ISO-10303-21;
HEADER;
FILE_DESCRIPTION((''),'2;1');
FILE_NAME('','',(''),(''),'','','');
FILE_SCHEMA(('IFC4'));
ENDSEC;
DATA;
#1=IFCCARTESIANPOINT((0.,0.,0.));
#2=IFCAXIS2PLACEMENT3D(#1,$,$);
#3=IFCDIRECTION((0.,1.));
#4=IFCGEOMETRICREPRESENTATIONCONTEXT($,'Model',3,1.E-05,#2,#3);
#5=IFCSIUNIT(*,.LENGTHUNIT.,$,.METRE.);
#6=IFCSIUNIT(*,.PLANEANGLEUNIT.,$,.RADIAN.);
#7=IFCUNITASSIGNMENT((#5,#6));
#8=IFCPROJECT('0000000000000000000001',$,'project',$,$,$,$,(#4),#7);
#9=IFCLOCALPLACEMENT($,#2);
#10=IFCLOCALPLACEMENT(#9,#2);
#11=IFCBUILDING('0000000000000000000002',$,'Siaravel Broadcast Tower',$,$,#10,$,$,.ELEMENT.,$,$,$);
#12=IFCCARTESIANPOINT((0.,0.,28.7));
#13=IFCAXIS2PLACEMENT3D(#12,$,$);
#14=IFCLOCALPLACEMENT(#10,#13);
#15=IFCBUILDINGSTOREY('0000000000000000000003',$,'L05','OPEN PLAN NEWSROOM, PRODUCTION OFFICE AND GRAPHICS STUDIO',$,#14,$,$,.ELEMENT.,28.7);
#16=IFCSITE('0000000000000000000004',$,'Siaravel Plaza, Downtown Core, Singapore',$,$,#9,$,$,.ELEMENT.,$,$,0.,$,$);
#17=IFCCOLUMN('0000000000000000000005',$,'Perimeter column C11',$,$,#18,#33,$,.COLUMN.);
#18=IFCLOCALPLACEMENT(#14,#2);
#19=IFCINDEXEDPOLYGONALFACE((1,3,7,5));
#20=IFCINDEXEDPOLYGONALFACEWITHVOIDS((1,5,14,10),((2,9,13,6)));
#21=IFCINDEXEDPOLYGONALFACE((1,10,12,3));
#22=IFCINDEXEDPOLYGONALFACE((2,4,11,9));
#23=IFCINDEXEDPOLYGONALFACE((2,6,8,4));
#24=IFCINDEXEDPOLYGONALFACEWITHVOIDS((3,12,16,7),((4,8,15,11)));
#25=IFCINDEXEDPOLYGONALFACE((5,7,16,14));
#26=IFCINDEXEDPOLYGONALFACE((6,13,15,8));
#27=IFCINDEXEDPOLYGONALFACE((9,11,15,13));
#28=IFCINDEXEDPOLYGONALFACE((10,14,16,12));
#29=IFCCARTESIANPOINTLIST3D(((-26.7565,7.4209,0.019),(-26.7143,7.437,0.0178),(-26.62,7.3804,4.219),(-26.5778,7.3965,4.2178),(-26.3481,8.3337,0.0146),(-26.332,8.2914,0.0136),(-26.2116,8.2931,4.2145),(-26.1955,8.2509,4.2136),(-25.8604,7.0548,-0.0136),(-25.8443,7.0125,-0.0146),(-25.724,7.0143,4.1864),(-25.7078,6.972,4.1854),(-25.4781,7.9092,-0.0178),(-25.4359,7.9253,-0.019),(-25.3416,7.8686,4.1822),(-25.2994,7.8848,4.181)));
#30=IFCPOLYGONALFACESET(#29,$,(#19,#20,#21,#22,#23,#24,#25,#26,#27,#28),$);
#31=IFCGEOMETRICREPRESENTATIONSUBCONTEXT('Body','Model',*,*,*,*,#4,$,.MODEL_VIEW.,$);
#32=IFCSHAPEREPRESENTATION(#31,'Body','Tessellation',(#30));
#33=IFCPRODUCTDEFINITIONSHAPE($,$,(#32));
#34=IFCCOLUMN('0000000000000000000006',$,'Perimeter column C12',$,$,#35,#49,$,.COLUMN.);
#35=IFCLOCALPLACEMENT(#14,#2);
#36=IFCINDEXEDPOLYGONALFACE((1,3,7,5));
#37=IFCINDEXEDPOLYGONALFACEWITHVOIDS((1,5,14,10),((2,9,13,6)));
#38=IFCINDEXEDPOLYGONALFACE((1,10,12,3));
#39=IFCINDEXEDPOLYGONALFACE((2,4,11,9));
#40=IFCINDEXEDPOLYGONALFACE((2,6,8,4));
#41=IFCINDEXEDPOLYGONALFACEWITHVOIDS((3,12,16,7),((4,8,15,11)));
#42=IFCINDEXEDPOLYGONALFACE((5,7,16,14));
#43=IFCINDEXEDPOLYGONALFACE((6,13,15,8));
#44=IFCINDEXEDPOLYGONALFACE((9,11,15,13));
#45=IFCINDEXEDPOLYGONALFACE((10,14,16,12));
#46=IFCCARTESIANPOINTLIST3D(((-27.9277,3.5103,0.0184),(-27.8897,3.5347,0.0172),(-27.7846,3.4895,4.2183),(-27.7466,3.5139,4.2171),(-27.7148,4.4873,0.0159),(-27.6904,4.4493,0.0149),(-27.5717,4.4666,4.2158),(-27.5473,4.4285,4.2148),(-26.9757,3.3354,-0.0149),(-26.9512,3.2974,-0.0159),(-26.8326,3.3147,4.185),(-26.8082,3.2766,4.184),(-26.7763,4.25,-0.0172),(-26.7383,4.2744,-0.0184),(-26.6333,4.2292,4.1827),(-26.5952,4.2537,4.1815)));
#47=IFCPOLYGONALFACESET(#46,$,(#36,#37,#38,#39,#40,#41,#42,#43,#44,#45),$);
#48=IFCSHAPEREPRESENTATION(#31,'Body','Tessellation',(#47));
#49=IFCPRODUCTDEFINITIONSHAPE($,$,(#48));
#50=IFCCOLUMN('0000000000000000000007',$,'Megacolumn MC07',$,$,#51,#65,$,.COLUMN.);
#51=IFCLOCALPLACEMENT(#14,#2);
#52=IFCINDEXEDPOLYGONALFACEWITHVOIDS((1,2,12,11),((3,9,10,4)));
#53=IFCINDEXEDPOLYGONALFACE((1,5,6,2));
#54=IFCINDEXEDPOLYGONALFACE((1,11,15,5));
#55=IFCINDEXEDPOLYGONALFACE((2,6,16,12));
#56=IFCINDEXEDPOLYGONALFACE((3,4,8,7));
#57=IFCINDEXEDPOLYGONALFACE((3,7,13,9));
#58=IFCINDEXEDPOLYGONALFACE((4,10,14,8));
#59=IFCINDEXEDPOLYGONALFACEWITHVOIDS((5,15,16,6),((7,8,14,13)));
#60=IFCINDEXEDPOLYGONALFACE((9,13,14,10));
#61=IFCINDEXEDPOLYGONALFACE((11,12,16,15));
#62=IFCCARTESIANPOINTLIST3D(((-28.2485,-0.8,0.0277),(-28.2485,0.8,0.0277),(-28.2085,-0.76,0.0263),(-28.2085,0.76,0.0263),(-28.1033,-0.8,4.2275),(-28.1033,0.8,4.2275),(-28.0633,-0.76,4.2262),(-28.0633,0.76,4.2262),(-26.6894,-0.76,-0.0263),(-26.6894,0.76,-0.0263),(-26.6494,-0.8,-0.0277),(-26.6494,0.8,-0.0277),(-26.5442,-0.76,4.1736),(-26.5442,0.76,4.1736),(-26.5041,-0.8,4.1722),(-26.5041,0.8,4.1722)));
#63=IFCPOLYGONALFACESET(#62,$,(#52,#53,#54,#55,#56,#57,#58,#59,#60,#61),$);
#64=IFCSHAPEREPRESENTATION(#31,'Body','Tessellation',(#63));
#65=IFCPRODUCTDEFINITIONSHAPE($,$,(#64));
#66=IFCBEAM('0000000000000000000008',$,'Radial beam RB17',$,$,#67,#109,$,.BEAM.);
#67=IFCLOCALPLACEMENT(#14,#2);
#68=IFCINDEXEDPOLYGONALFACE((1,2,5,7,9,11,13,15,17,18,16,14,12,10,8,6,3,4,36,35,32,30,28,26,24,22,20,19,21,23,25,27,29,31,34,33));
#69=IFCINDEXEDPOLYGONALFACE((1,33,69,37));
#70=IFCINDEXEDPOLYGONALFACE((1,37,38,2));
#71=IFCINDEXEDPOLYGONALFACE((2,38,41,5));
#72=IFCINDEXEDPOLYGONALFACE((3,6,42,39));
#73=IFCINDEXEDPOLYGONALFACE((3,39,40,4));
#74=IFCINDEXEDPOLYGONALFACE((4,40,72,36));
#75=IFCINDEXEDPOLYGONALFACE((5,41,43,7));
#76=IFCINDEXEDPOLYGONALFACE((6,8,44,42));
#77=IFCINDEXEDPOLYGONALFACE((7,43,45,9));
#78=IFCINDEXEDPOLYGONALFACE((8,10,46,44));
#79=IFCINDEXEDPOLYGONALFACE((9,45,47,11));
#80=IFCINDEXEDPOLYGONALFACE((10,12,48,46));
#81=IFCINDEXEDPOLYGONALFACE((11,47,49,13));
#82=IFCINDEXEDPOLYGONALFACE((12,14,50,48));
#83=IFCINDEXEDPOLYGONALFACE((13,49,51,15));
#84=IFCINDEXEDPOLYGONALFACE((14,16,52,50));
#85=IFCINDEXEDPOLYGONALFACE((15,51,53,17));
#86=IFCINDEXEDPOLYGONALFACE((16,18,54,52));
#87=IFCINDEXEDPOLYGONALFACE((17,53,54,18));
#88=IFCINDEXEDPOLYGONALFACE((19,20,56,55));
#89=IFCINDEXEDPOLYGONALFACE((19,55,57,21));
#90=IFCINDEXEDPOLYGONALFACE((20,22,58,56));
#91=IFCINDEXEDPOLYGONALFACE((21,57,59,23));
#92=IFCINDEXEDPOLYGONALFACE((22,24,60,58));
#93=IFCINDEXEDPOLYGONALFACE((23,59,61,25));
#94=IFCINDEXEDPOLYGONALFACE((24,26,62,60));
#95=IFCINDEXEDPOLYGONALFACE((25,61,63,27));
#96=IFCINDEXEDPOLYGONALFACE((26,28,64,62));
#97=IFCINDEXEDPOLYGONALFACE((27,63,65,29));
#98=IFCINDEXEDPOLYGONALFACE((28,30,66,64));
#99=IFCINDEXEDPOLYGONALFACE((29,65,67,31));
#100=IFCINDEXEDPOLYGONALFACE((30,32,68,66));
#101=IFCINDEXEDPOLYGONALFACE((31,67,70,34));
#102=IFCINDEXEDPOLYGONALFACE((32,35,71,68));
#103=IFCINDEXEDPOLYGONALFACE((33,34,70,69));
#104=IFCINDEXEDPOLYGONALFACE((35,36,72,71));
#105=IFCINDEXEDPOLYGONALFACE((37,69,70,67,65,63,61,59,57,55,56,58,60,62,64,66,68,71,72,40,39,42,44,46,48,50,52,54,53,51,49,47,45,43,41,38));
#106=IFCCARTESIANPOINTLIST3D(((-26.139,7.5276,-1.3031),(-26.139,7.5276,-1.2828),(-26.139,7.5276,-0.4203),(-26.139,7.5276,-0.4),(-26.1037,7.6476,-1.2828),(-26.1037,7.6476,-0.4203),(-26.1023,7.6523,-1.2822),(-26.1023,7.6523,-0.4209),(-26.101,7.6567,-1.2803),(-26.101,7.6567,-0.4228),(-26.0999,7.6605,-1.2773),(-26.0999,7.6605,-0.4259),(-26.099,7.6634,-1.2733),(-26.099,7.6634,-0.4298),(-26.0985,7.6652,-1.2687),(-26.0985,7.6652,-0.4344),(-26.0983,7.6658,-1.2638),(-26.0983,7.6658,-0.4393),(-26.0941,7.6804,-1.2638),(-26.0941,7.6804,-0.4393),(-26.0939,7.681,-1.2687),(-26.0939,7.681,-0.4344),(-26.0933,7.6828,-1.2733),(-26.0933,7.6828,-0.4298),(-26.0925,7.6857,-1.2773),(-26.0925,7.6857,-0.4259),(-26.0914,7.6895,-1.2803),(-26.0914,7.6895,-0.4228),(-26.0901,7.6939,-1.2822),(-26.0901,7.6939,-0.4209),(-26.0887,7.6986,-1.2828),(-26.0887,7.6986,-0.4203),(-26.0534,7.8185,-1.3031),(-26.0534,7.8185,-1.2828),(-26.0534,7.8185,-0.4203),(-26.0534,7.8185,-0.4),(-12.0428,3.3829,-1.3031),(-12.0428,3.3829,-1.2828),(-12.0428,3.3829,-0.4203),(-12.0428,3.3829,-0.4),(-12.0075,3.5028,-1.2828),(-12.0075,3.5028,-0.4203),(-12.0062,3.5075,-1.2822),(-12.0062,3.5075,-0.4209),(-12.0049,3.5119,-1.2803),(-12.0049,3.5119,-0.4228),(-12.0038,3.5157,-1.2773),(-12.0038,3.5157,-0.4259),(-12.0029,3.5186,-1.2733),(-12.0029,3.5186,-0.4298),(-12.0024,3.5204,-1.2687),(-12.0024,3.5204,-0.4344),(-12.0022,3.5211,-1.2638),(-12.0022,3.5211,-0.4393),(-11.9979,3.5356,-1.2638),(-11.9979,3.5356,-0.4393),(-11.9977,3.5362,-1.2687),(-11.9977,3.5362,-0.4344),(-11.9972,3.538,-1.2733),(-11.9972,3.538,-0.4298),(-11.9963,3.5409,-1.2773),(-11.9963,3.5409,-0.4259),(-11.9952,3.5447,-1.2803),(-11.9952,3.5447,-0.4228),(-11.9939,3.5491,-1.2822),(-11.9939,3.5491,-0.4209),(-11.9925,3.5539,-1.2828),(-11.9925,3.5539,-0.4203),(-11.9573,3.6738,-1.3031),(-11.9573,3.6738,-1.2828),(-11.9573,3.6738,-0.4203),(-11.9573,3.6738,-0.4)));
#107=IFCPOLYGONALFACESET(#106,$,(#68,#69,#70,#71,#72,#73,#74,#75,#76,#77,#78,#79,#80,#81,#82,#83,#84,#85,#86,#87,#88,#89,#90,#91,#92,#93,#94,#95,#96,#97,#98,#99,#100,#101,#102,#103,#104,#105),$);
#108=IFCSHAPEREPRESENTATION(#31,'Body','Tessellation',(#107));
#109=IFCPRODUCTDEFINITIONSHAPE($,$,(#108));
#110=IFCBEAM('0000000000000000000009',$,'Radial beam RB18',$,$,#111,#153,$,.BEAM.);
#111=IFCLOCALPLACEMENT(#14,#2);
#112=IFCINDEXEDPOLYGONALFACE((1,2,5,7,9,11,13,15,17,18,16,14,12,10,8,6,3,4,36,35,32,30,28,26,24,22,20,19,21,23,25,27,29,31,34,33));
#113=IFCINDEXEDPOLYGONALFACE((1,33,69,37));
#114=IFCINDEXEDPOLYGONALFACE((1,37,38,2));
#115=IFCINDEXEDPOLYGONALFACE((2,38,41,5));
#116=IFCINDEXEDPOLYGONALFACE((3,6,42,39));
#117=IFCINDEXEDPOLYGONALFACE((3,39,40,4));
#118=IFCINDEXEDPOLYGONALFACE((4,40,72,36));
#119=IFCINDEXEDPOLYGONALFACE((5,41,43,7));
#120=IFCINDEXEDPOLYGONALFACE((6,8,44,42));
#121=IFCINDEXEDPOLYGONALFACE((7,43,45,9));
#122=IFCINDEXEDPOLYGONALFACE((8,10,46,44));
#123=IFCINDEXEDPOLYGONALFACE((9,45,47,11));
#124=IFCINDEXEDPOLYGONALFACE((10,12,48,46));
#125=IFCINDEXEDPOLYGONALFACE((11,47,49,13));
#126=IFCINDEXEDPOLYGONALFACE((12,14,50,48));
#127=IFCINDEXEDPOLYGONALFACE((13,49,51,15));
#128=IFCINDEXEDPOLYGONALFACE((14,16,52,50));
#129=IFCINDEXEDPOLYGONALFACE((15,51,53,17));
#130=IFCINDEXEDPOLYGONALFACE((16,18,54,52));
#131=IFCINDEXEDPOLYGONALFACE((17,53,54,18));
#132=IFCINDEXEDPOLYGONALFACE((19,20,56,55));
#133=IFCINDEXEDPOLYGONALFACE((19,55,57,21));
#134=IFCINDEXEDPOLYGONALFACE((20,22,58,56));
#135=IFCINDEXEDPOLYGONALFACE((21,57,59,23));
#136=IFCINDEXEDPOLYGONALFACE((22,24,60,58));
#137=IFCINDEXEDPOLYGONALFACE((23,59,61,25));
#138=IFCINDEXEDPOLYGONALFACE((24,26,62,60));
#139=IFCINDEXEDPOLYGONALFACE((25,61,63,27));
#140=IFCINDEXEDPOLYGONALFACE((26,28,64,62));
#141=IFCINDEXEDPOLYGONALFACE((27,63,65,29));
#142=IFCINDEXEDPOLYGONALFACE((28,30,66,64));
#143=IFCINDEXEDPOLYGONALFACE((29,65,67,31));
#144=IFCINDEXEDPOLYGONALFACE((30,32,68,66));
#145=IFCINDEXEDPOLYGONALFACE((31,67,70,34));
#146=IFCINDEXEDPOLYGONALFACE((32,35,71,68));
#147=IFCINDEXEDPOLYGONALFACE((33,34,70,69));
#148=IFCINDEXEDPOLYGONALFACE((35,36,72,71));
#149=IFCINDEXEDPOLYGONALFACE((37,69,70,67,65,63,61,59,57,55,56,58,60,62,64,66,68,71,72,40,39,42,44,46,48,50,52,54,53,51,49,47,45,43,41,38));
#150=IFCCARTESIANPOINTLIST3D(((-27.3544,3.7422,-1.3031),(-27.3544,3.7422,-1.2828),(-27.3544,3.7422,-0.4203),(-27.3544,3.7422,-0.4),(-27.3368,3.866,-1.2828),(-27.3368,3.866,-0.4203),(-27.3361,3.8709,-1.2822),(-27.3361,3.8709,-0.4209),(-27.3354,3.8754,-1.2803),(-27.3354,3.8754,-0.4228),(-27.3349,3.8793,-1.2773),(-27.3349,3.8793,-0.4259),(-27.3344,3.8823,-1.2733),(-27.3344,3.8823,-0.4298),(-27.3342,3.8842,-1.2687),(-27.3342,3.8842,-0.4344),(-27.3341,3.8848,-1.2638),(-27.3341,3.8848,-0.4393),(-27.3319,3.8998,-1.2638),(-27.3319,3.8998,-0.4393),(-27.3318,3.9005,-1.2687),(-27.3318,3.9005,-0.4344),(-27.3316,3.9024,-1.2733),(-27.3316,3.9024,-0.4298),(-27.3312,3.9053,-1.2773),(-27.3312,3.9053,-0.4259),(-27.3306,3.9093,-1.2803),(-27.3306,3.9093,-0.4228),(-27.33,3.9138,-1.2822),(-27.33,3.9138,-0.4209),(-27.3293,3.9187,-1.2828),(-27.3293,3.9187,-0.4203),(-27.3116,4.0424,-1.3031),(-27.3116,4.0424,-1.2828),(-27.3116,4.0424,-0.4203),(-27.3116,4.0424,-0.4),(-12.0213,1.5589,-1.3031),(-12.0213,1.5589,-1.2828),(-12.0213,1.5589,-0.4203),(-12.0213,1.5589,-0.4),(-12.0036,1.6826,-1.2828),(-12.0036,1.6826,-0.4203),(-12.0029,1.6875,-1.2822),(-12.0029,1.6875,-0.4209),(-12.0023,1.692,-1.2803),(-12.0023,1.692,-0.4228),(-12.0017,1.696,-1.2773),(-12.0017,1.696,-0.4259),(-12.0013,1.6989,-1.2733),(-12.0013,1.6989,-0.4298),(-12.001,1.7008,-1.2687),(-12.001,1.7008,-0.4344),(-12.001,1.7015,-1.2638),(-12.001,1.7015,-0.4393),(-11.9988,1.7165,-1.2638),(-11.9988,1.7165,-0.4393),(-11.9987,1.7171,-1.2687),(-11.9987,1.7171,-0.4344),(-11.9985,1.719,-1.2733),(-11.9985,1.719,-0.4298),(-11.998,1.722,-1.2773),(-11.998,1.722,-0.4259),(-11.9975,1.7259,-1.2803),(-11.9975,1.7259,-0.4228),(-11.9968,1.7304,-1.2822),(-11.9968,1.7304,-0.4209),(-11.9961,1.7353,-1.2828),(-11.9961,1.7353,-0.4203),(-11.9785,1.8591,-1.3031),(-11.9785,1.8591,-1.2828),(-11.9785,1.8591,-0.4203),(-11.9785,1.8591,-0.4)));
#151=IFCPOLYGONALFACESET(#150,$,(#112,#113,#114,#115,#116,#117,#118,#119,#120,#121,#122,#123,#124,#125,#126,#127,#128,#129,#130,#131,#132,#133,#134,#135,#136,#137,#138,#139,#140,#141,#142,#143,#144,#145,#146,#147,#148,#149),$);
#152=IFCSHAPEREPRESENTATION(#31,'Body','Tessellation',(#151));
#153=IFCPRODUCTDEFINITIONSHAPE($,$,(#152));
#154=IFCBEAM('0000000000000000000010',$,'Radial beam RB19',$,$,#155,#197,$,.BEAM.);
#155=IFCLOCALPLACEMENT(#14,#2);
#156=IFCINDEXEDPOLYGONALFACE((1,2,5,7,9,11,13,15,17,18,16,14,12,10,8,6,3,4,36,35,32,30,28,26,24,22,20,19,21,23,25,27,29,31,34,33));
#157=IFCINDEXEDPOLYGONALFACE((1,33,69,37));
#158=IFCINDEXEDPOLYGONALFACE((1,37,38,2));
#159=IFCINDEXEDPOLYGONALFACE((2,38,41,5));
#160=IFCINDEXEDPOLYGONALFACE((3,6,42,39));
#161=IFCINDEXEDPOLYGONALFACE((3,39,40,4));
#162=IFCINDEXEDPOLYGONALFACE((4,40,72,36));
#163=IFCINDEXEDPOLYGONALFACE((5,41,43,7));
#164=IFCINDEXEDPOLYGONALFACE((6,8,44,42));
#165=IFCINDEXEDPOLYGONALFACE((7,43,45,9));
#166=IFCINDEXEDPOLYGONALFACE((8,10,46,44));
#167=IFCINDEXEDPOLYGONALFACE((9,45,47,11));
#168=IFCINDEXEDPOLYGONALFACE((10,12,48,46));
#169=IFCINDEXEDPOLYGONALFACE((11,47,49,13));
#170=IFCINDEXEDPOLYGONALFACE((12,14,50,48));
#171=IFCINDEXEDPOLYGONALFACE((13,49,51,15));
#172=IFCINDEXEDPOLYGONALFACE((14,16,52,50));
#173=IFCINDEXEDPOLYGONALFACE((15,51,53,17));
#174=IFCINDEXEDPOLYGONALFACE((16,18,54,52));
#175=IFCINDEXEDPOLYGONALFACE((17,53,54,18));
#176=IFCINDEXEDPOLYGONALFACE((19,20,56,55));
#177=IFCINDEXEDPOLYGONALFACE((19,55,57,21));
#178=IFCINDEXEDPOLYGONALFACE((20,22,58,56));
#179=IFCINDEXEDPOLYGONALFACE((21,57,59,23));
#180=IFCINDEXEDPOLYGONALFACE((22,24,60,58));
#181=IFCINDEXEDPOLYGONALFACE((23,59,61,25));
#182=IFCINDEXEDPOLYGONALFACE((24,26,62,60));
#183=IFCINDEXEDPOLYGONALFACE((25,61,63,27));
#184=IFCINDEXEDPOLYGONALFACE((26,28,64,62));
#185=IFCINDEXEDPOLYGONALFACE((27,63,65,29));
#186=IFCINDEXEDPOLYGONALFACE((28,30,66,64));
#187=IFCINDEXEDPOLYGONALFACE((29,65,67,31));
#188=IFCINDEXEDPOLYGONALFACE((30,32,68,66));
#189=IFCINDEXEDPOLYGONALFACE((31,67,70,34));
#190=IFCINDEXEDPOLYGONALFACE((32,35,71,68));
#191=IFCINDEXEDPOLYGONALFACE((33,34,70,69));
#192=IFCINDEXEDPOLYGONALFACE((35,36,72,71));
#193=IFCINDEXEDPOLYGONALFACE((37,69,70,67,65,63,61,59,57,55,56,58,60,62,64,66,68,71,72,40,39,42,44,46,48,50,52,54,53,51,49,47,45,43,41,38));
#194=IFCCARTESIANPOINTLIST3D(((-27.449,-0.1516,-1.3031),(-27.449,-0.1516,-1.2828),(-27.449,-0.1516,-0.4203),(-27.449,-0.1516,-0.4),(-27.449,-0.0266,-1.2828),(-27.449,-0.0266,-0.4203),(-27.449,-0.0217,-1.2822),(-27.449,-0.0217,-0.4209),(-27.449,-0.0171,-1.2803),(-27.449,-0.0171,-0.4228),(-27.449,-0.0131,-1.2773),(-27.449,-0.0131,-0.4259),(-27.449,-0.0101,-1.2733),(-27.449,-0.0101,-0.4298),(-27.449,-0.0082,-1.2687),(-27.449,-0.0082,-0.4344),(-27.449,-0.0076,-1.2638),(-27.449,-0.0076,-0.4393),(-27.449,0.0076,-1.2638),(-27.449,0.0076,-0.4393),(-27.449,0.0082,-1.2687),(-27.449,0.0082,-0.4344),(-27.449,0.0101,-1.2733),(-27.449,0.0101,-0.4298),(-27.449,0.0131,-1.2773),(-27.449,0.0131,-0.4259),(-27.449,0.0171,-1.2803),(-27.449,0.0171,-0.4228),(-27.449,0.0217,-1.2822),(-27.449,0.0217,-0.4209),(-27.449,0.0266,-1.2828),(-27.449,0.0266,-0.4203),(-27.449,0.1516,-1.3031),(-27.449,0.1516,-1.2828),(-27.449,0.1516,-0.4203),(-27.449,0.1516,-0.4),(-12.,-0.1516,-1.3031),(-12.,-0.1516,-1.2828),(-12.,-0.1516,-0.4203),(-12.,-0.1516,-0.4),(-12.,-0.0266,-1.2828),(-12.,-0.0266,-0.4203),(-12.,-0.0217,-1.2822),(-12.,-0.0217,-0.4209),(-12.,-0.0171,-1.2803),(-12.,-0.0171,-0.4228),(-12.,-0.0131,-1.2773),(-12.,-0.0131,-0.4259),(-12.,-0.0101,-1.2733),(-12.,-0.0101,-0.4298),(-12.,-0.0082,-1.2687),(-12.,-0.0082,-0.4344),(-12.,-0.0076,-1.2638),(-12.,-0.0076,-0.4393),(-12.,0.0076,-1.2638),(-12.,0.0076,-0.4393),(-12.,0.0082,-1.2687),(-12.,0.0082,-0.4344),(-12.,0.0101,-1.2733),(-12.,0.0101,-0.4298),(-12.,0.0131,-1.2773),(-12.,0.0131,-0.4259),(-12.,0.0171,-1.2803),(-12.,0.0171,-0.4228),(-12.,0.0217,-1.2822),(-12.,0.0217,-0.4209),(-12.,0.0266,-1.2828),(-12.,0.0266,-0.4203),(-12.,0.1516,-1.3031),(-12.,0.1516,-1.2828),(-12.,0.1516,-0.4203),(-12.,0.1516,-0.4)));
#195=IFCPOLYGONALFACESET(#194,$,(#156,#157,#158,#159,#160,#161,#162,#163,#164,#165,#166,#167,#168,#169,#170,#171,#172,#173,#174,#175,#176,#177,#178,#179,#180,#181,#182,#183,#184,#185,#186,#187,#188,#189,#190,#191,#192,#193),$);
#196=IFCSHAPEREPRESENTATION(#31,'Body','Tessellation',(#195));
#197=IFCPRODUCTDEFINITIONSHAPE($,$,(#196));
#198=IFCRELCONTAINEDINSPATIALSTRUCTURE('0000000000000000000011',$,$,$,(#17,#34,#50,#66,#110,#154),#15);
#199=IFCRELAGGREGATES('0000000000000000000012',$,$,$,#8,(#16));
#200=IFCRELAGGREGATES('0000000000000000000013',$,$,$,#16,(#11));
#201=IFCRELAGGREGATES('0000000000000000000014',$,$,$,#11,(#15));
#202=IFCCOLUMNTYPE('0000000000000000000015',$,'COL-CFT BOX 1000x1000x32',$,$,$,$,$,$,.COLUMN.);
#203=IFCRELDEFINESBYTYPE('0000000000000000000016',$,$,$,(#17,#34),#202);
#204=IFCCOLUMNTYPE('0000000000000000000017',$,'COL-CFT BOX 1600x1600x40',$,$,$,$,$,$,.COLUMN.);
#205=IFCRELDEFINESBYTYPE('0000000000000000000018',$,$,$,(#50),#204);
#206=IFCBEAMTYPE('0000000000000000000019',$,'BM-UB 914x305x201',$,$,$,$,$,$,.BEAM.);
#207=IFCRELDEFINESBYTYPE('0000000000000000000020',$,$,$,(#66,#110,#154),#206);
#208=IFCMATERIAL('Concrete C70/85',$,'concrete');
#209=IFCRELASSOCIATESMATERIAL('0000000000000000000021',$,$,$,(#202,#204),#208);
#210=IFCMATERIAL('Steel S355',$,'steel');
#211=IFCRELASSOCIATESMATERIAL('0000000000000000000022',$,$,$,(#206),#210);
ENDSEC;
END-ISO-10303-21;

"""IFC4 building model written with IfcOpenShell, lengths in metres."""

from ifc_helpers import new_model, si_unit, direction, frame, origin, origin_2d, place, context, subcontext, project, spatial, hollow_rectangle, i_section, extrude, material, material_profile, profile_set, type_object, element, save


model = new_model("IFC4")

# Units and contexts
model_context = context("Model", 3, precision=1e-05, world=origin(), true_north=direction((0.0, 1.0)))
body_context = subcontext(model_context, "Body", "Model", "MODEL_VIEW")
ifc_project = project(units=[si_unit("LENGTHUNIT", "METRE"), si_unit("PLANEANGLEUNIT", "RADIAN")], contexts=[model_context])

# Site, building, storey
site_placement = place(None, origin())
site = spatial("IfcSite", under=ifc_project, at=site_placement, Name="Siaravel Plaza, Downtown Core, Singapore", CompositionType="ELEMENT", RefElevation=0.0)
building_placement = place(site_placement, origin())
building = spatial("IfcBuilding", under=site, at=building_placement, Name="Siaravel Broadcast Tower", CompositionType="ELEMENT")
storey_placement = place(building_placement, frame((0.0, 0.0, 28.7)))
storey = spatial("IfcBuildingStorey", under=building, at=storey_placement, Name="L05", Description="OPEN PLAN NEWSROOM, PRODUCTION OFFICE AND GRAPHICS STUDIO", CompositionType="ELEMENT", Elevation=28.7)

# Columns
ifc_material_1 = material(Name="Concrete C70/85", Category="concrete")
ifc_material_profile_1 = material_profile(ifc_material_1, hollow_rectangle(XDim=1.0, YDim=1.0, WallThickness=0.032, at=origin_2d()))
ifc_profile_set_1 = profile_set([ifc_material_profile_1], Name="Concrete C70/85")
column_type_1 = type_object("IfcColumnType", Name="COL-CFT BOX 1000x1000x32", PredefinedType="COLUMN", material=ifc_profile_set_1)
for number, where, z_axis, x_axis, name in (
    (1, (-26.0962, 7.6731, 0.0), (0.032476, -0.009644, 0.999426), (0.408453, 0.912768, -0.004465), "Perimeter column C11"),
    (2, (-27.333, 3.8923, 0.0), (0.034044, -0.004938, 0.999408), (0.212942, 0.977062, -0.002426), "Perimeter column C12"),
):
    element("IfcColumn", number, at=place(storey_placement, frame(where, z_axis=z_axis, x_axis=x_axis)), inside=storey, type_object=column_type_1, Name=name, PredefinedType="COLUMN", context=body_context, shape_type="SweptSolid", body=[
        extrude(hollow_rectangle(XDim=1.0, YDim=1.0, WallThickness=0.032, at=origin_2d()), origin(), (0.0, 0.0, 1.0), 4.2024),
    ])
ifc_material_profile_2 = material_profile(ifc_material_1, hollow_rectangle(XDim=1.6001, YDim=1.6001, WallThickness=0.04, at=origin_2d()))
ifc_profile_set_2 = profile_set([ifc_material_profile_2], Name="Concrete C70/85")
column_type_2 = type_object("IfcColumnType", Name="COL-CFT BOX 1600x1600x40", PredefinedType="COLUMN", material=ifc_profile_set_2)
column_placement = place(storey_placement, frame((-27.449, 0.0, 0.0), z_axis=(0.034566, 0.0, 0.999402), x_axis=(0.0, 1.0, 0.0)))
element("IfcColumn", 3, at=column_placement, inside=storey, type_object=column_type_2, Name="Megacolumn MC07", PredefinedType="COLUMN", context=body_context, shape_type="SweptSolid", body=[
    extrude(hollow_rectangle(XDim=1.6001, YDim=1.6001, WallThickness=0.04, at=origin_2d()), origin(), (0.0, 0.0, 1.0), 4.2024),
])

# Beams
ifc_material_2 = material(Name="Steel S355", Category="steel")
ifc_material_profile_3 = material_profile(ifc_material_2, i_section(OverallWidth=0.3032, OverallDepth=0.9031, WebThickness=0.0151, FlangeThickness=0.0203, FilletRadius=0.019, at=origin_2d()))
ifc_profile_set_3 = profile_set([ifc_material_profile_3], Name="Steel S355")
beam_type = type_object("IfcBeamType", Name="BM-UB 914x305x201", PredefinedType="BEAM", material=ifc_profile_set_3)
beam_1_placement = place(storey_placement, frame((-26.0962, 7.6731, -0.8516), z_axis=(0.959387, -0.282093, 0.0), x_axis=(0.282093, 0.959387, 0.0)))
element("IfcBeam", 4, at=beam_1_placement, inside=storey, type_object=beam_type, Name="Radial beam RB17", PredefinedType="BEAM", context=body_context, shape_type="SweptSolid", body=[
    extrude(i_section(OverallWidth=0.3032, OverallDepth=0.9031, WebThickness=0.0151, FlangeThickness=0.0203, FilletRadius=0.019, at=origin_2d()), origin(), (0.0, 0.0, 1.0), 14.6929),
])
beam_2_placement = place(storey_placement, frame((-27.333, 3.8923, -0.8516), z_axis=(0.990013, -0.140973, 0.0), x_axis=(0.140973, 0.990013, 0.0)))
element("IfcBeam", 5, at=beam_2_placement, inside=storey, type_object=beam_type, Name="Radial beam RB18", PredefinedType="BEAM", context=body_context, shape_type="SweptSolid", body=[
    extrude(i_section(OverallWidth=0.3032, OverallDepth=0.9031, WebThickness=0.0151, FlangeThickness=0.0203, FilletRadius=0.019, at=origin_2d()), origin(), (0.0, 0.0, 1.0), 15.4878),
])
beam_3_placement = place(storey_placement, frame((-27.449, 0.0, -0.8516), z_axis=(1.0, 0.0, 0.0), x_axis=(0.0, 1.0, 0.0)))
element("IfcBeam", 6, at=beam_3_placement, inside=storey, type_object=beam_type, Name="Radial beam RB19", PredefinedType="BEAM", context=body_context, shape_type="SweptSolid", body=[
    extrude(i_section(OverallWidth=0.3032, OverallDepth=0.9031, WebThickness=0.0151, FlangeThickness=0.0203, FilletRadius=0.019, at=origin_2d()), origin(), (0.0, 0.0, 1.0), 15.449),
])

save(model, "model.ifc")
